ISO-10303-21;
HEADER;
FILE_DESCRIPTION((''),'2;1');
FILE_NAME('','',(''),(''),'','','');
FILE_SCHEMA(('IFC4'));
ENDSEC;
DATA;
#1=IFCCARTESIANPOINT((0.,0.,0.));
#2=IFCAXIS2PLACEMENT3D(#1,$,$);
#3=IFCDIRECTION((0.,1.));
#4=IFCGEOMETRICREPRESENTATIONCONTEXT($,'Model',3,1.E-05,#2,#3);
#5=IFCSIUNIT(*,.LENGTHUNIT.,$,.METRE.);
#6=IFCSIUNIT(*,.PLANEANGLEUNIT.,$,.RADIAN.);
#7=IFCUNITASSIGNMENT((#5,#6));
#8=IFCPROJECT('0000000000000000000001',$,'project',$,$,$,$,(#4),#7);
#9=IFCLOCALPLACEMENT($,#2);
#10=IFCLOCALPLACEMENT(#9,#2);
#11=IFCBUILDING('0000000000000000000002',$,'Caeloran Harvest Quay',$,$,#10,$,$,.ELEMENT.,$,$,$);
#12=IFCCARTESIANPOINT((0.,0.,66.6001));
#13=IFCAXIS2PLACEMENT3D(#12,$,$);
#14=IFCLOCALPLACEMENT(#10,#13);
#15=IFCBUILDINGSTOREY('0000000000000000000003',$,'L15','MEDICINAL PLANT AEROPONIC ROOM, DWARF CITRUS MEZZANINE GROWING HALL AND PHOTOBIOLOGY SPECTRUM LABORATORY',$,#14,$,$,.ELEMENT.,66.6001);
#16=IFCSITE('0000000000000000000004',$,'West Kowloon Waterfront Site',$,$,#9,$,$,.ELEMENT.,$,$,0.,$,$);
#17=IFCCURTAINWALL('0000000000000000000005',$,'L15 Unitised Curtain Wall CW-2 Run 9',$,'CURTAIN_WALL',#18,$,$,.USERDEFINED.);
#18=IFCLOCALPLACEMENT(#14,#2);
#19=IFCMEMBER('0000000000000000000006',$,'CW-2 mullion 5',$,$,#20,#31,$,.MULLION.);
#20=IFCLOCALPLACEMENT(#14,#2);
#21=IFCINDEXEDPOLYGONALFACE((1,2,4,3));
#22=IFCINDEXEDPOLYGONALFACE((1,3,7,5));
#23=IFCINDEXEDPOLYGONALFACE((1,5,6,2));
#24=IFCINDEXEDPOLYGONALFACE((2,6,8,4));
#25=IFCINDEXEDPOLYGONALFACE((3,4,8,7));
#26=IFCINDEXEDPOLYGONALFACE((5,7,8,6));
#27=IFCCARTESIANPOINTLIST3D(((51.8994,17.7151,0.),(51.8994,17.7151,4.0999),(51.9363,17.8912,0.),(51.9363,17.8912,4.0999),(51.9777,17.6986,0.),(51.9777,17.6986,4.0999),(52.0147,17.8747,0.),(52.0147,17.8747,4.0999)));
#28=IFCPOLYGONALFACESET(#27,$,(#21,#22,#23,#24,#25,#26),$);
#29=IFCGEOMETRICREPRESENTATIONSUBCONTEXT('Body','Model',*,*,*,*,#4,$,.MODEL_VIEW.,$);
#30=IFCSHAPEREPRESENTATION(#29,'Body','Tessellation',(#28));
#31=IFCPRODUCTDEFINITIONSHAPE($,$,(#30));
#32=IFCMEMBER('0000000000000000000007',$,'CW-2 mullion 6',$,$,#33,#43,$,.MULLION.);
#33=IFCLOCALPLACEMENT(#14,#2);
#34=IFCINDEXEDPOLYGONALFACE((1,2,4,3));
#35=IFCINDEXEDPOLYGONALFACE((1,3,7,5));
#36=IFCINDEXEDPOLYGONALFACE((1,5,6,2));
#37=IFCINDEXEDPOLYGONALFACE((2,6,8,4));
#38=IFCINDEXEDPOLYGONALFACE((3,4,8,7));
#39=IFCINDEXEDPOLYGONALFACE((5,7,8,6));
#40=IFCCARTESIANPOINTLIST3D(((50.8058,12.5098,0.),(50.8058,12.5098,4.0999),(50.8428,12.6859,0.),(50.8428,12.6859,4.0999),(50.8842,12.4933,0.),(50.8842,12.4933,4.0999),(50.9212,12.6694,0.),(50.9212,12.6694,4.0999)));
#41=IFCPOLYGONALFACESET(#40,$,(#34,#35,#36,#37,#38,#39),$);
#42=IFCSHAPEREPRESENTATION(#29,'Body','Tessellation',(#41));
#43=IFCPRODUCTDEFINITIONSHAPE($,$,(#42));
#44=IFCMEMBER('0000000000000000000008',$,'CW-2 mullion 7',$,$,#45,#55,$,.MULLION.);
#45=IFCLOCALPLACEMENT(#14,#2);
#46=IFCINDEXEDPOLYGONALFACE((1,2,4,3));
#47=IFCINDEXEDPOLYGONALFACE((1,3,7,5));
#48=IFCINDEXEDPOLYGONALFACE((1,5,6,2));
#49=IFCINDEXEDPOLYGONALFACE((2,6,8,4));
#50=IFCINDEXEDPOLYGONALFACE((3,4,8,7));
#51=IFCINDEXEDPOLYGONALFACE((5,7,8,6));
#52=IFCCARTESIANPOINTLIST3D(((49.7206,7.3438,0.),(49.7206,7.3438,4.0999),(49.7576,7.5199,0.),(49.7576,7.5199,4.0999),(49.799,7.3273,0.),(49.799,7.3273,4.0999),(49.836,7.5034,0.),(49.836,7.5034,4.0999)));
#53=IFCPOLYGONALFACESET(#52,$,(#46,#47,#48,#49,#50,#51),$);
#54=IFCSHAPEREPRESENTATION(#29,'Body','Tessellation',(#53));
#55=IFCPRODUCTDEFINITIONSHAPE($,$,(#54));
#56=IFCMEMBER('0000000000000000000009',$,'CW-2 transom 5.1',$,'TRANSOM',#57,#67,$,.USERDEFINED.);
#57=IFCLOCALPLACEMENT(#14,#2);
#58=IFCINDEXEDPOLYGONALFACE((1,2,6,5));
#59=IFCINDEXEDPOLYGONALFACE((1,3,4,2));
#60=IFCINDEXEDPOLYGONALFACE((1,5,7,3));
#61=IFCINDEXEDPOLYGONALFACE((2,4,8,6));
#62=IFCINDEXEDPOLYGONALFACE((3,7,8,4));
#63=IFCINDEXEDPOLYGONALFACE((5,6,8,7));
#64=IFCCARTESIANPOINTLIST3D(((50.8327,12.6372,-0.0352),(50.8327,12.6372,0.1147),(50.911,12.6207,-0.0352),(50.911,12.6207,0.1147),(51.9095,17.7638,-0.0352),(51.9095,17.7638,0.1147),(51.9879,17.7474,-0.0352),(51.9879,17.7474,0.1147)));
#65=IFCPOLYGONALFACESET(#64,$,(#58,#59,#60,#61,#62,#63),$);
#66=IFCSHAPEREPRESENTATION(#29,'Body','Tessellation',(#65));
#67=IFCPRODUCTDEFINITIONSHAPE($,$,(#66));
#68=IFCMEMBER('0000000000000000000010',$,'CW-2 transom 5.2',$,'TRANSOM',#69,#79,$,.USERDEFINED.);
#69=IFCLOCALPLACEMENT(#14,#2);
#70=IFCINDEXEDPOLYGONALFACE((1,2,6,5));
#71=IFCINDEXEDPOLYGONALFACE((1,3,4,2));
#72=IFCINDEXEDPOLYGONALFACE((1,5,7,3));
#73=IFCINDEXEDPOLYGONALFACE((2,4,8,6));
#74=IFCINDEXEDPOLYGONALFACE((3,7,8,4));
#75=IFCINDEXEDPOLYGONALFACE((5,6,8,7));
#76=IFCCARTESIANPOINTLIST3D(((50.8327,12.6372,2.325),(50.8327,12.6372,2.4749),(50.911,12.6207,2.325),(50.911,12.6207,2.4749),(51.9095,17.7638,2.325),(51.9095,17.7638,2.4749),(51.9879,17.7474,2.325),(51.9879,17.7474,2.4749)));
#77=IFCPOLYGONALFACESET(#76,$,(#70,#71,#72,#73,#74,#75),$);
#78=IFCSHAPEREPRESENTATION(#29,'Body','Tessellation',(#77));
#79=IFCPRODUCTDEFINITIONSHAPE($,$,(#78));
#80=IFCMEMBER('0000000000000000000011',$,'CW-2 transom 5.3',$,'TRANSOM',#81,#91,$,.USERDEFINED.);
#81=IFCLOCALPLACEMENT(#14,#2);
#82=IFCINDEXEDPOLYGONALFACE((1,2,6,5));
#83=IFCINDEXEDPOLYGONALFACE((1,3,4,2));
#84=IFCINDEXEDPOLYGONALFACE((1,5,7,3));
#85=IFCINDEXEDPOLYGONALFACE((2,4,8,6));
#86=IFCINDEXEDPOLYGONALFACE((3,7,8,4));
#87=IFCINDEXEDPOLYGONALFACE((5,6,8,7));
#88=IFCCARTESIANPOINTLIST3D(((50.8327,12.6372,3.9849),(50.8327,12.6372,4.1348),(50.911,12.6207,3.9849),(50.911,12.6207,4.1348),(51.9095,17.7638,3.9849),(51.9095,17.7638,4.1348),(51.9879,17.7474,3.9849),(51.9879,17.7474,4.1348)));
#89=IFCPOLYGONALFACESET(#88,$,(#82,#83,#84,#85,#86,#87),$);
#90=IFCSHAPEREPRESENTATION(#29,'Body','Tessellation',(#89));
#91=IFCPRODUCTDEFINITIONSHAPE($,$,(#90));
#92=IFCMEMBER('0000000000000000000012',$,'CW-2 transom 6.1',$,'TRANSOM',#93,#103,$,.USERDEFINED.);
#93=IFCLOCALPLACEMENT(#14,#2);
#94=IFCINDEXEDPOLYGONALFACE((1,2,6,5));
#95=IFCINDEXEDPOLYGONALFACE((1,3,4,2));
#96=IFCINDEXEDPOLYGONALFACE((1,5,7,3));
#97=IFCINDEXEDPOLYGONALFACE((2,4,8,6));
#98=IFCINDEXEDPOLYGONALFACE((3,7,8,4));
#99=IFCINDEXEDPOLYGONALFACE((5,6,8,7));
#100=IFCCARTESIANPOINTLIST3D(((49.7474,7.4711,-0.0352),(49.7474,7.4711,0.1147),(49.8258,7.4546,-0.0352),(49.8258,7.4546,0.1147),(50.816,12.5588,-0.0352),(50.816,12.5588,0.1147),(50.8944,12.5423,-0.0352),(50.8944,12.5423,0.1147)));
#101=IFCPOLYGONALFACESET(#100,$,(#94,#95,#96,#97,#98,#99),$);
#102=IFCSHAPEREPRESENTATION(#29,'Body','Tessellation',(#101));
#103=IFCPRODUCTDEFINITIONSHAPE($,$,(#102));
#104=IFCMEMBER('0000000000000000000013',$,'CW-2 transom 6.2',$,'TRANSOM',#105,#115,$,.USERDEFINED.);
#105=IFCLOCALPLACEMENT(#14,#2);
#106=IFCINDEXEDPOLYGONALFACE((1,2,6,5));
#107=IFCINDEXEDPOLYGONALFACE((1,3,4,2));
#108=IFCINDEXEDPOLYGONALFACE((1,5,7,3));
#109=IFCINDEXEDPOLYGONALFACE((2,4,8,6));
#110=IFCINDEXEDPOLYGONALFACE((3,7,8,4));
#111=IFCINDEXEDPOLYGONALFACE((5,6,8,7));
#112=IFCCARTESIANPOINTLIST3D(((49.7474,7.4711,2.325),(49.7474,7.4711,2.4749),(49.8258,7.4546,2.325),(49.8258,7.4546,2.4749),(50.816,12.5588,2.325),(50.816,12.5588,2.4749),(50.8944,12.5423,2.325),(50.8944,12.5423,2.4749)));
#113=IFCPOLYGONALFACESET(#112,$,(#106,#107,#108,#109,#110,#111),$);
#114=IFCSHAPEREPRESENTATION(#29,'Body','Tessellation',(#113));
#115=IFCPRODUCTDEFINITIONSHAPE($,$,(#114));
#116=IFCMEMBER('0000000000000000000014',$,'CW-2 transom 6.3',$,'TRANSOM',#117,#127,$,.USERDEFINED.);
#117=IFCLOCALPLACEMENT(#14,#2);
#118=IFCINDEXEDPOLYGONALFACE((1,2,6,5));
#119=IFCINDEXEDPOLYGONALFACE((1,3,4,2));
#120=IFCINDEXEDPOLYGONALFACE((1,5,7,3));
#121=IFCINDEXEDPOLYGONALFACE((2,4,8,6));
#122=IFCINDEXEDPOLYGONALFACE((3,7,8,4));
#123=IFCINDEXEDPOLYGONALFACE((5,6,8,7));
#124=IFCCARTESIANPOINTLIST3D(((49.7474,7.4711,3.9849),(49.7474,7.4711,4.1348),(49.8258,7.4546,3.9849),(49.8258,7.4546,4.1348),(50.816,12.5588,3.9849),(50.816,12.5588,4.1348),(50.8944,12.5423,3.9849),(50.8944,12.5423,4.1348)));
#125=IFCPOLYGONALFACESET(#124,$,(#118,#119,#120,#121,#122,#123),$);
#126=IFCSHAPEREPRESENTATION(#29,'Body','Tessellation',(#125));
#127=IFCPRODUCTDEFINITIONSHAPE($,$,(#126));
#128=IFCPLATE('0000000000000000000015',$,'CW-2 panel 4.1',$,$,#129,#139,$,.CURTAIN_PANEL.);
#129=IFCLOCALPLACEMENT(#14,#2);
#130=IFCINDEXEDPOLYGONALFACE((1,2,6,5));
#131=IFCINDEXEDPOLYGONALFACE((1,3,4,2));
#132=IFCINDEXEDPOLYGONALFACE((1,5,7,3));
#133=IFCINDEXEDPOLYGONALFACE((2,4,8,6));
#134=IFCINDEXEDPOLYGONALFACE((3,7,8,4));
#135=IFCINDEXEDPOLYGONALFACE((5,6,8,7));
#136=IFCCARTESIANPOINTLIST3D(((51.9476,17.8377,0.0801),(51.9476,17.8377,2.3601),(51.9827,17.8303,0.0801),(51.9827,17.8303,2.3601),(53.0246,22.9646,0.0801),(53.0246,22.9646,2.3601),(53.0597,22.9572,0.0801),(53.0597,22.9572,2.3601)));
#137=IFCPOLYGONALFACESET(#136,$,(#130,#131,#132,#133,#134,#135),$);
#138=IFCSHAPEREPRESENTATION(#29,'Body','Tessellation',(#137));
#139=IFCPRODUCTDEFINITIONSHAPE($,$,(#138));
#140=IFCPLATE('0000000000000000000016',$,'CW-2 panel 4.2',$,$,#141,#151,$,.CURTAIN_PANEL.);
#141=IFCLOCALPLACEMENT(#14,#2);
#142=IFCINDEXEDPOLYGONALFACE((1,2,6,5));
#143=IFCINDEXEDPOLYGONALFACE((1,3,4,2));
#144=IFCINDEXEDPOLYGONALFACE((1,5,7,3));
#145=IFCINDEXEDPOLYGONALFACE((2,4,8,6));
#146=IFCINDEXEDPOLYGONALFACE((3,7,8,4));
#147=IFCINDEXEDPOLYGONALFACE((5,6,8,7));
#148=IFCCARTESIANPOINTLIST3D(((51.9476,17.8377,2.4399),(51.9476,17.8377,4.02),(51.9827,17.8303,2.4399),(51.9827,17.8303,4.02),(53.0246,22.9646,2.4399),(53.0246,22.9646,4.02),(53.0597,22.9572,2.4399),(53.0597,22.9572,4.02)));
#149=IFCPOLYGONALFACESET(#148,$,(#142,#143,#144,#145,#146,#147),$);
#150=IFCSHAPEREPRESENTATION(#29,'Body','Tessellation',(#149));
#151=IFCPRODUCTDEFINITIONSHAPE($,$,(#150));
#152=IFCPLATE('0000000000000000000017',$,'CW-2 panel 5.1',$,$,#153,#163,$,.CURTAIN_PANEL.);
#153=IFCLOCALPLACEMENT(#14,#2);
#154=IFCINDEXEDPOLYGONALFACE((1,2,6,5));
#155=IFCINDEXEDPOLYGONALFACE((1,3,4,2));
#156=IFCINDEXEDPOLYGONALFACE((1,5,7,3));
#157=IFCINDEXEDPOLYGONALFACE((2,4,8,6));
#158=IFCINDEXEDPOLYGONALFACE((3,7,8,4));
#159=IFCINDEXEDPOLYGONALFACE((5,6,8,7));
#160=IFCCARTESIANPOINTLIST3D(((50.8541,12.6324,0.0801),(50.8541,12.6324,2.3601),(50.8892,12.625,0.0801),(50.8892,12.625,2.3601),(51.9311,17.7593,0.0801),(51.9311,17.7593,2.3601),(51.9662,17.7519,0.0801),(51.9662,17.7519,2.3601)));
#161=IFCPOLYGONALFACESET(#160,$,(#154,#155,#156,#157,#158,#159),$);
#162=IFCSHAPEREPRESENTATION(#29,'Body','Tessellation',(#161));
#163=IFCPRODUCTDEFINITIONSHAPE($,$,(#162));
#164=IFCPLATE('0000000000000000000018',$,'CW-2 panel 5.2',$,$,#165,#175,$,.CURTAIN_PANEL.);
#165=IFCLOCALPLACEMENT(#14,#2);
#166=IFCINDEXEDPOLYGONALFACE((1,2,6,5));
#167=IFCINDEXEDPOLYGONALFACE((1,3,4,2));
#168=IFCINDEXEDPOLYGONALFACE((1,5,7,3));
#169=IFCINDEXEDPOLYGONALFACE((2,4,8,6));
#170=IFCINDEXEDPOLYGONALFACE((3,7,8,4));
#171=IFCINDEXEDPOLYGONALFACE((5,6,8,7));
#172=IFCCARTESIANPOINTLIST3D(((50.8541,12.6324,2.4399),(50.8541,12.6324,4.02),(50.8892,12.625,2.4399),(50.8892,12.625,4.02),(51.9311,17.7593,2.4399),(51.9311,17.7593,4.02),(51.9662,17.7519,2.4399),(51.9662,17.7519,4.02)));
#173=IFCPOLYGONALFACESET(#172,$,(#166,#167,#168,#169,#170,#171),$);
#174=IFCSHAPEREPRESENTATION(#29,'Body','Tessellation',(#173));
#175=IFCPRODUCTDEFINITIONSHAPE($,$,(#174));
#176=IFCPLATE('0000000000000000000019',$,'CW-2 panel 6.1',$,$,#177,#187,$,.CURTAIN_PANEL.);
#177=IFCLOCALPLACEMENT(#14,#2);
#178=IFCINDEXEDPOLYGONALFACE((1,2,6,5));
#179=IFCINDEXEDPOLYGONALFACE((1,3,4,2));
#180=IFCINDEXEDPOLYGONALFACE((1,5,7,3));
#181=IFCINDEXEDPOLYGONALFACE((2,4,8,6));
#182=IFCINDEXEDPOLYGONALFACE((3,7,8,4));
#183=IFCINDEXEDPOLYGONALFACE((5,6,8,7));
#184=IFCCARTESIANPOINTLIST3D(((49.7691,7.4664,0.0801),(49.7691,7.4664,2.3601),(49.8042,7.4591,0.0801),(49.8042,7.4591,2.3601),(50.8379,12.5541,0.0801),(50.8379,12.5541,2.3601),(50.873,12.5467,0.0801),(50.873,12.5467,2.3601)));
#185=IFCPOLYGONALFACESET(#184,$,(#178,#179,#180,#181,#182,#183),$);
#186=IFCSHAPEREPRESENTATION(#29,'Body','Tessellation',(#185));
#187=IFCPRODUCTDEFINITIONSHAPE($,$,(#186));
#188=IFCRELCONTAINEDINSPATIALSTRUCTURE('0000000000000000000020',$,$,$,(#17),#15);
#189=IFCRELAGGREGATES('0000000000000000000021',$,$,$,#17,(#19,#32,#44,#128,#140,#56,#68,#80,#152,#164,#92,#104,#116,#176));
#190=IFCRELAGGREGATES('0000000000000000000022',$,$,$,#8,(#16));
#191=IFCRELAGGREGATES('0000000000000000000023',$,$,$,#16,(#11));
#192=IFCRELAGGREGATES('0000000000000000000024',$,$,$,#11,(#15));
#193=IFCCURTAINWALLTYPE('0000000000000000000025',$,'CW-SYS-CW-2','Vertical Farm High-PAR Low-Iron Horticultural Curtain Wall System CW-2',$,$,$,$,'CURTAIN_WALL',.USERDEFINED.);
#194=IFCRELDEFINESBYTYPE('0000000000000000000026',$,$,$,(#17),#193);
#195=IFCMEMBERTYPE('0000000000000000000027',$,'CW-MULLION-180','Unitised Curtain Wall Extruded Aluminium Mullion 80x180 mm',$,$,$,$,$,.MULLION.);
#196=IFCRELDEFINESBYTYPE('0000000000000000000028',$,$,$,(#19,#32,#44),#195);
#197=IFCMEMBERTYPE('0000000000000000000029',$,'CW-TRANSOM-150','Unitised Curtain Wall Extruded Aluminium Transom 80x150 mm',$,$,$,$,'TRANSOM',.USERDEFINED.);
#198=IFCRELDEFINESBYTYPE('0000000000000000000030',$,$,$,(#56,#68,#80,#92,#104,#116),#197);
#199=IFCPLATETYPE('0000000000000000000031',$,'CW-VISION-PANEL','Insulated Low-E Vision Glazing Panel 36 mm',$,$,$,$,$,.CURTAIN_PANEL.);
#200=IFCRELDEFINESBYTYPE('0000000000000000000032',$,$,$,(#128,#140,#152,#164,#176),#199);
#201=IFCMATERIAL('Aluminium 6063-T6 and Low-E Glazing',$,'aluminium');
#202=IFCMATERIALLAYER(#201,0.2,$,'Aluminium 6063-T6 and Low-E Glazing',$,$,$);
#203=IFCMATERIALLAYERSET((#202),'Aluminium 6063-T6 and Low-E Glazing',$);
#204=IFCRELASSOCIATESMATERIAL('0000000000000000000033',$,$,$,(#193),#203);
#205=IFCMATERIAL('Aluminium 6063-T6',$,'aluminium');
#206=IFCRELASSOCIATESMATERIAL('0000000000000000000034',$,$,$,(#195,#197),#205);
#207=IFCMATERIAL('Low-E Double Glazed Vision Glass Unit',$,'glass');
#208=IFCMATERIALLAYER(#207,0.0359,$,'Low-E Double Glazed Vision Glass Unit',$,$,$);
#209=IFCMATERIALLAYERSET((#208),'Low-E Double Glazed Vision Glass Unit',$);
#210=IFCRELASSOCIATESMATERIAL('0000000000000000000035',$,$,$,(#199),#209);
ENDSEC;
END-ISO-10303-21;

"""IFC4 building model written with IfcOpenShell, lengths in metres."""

from ifc_helpers import new_model, si_unit, direction, frame, origin, origin_2d, place, context, subcontext, project, spatial, rectangle, extrude, material, layer, layer_set, material_profile, profile_set, type_object, element, aggregate, save


model = new_model("IFC4")

# Units and contexts
model_context = context("Model", 3, precision=1e-05, world=origin(), true_north=direction((0.0, 1.0)))
body_context = subcontext(model_context, "Body", "Model", "MODEL_VIEW")
ifc_project = project(units=[si_unit("LENGTHUNIT", "METRE"), si_unit("PLANEANGLEUNIT", "RADIAN")], contexts=[model_context])

# Site, building, storey
site_placement = place(None, origin())
site = spatial("IfcSite", under=ifc_project, at=site_placement, Name="West Kowloon Waterfront Site", CompositionType="ELEMENT", RefElevation=0.0)
building_placement = place(site_placement, origin())
building = spatial("IfcBuilding", under=site, at=building_placement, Name="Caeloran Harvest Quay", CompositionType="ELEMENT")
storey_placement = place(building_placement, frame((0.0, 0.0, 66.6001)))
storey = spatial("IfcBuildingStorey", under=building, at=storey_placement, Name="L15", Description="MEDICINAL PLANT AEROPONIC ROOM, DWARF CITRUS MEZZANINE GROWING HALL AND PHOTOBIOLOGY SPECTRUM LABORATORY", CompositionType="ELEMENT", Elevation=66.6001)

# Curtain wall, members, plates
ifc_material_1 = material(Name="Aluminium 6063-T6 and Low-E Glazing", Category="aluminium")
ifc_layer_1 = layer(ifc_material_1, 0.2, Name="Aluminium 6063-T6 and Low-E Glazing")
ifc_layer_set_1 = layer_set([ifc_layer_1], Name="Aluminium 6063-T6 and Low-E Glazing")
curtain_wall_type = type_object("IfcCurtainWallType", Name="CW-SYS-CW-2", Description="Vertical Farm High-PAR Low-Iron Horticultural Curtain Wall System CW-2", ElementType="CURTAIN_WALL", PredefinedType="USERDEFINED", material=ifc_layer_set_1)
curtain_wall_placement = place(storey_placement, origin())
curtain_wall = element("IfcCurtainWall", 1, at=curtain_wall_placement, inside=storey, type_object=curtain_wall_type, Name="L15 Unitised Curtain Wall CW-2 Run 9", ObjectType="CURTAIN_WALL", PredefinedType="USERDEFINED")
ifc_material_2 = material(Name="Aluminium 6063-T6", Category="aluminium")
ifc_material_profile_1 = material_profile(ifc_material_2, rectangle(XDim=0.0801, YDim=0.1799, at=origin_2d()), Name="CW-MULLION-180")
ifc_profile_set_1 = profile_set([ifc_material_profile_1], Name="Aluminium 6063-T6")
member_type_1 = type_object("IfcMemberType", Name="CW-MULLION-180", Description="Unitised Curtain Wall Extruded Aluminium Mullion 80x180 mm", PredefinedType="MULLION", material=ifc_profile_set_1)
member_1_placement = place(storey_placement, frame((51.957, 17.7949, 0.0), z_axis=(0.0, 0.0, 1.0), x_axis=(0.97864, -0.205583, 0.0)))
member_1 = element("IfcMember", 2, at=member_1_placement, type_object=member_type_1, Name="CW-2 mullion 5", PredefinedType="MULLION", context=body_context, shape_type="SweptSolid", body=[
    extrude(rectangle(XDim=0.0801, YDim=0.1799, at=origin_2d()), origin(), (0.0, 0.0, 1.0), 4.0999),
])
member_2_placement = place(storey_placement, frame((50.8635, 12.5896, 0.0), z_axis=(0.0, 0.0, 1.0), x_axis=(0.97864, -0.205583, 0.0)))
member_2 = element("IfcMember", 3, at=member_2_placement, type_object=member_type_1, Name="CW-2 mullion 6", PredefinedType="MULLION", context=body_context, shape_type="SweptSolid", body=[
    extrude(rectangle(XDim=0.0801, YDim=0.1799, at=origin_2d()), origin(), (0.0, 0.0, 1.0), 4.0999),
])
member_3_placement = place(storey_placement, frame((49.7783, 7.4236, 0.0), z_axis=(0.0, 0.0, 1.0), x_axis=(0.97864, -0.205583, 0.0)))
member_3 = element("IfcMember", 4, at=member_3_placement, type_object=member_type_1, Name="CW-2 mullion 7", PredefinedType="MULLION", context=body_context, shape_type="SweptSolid", body=[
    extrude(rectangle(XDim=0.0801, YDim=0.1799, at=origin_2d()), origin(), (0.0, 0.0, 1.0), 4.0999),
])
ifc_material_profile_2 = material_profile(ifc_material_2, rectangle(XDim=0.0801, YDim=0.1499, at=origin_2d()), Name="CW-TRANSOM-150")
ifc_profile_set_2 = profile_set([ifc_material_profile_2], Name="Aluminium 6063-T6")
member_type_2 = type_object("IfcMemberType", Name="CW-TRANSOM-150", Description="Unitised Curtain Wall Extruded Aluminium Transom 80x150 mm", ElementType="TRANSOM", PredefinedType="USERDEFINED", material=ifc_profile_set_2)
member_4_placement = place(storey_placement, frame((51.9487, 17.7556, 0.0398), z_axis=(-0.205571, -0.978642, 0.0), x_axis=(0.978642, -0.205571, 0.0)))
member_4 = element("IfcMember", 5, at=member_4_placement, type_object=member_type_2, Name="CW-2 transom 5.1", ObjectType="TRANSOM", PredefinedType="USERDEFINED", context=body_context, shape_type="SweptSolid", body=[
    extrude(rectangle(XDim=0.0801, YDim=0.1499, at=origin_2d()), origin(), (0.0, 0.0, 1.0), 5.2385),
])
member_5_placement = place(storey_placement, frame((51.9487, 17.7556, 2.3999), z_axis=(-0.205571, -0.978642, 0.0), x_axis=(0.978642, -0.205571, 0.0)))
member_5 = element("IfcMember", 6, at=member_5_placement, type_object=member_type_2, Name="CW-2 transom 5.2", ObjectType="TRANSOM", PredefinedType="USERDEFINED", context=body_context, shape_type="SweptSolid", body=[
    extrude(rectangle(XDim=0.0801, YDim=0.1499, at=origin_2d()), origin(), (0.0, 0.0, 1.0), 5.2385),
])
member_6_placement = place(storey_placement, frame((51.9487, 17.7556, 4.0598), z_axis=(-0.205571, -0.978642, 0.0), x_axis=(0.978642, -0.205571, 0.0)))
member_6 = element("IfcMember", 7, at=member_6_placement, type_object=member_type_2, Name="CW-2 transom 5.3", ObjectType="TRANSOM", PredefinedType="USERDEFINED", context=body_context, shape_type="SweptSolid", body=[
    extrude(rectangle(XDim=0.0801, YDim=0.1499, at=origin_2d()), origin(), (0.0, 0.0, 1.0), 5.2385),
])
member_7_placement = place(storey_placement, frame((50.8552, 12.5505, 0.0398), z_axis=(-0.205554, -0.978646, 0.0), x_axis=(0.978646, -0.205554, 0.0)))
member_7 = element("IfcMember", 8, at=member_7_placement, type_object=member_type_2, Name="CW-2 transom 6.1", ObjectType="TRANSOM", PredefinedType="USERDEFINED", context=body_context, shape_type="SweptSolid", body=[
    extrude(rectangle(XDim=0.0801, YDim=0.1499, at=origin_2d()), origin(), (0.0, 0.0, 1.0), 5.1987),
])
member_8_placement = place(storey_placement, frame((50.8552, 12.5505, 2.3999), z_axis=(-0.205554, -0.978646, 0.0), x_axis=(0.978646, -0.205554, 0.0)))
member_8 = element("IfcMember", 9, at=member_8_placement, type_object=member_type_2, Name="CW-2 transom 6.2", ObjectType="TRANSOM", PredefinedType="USERDEFINED", context=body_context, shape_type="SweptSolid", body=[
    extrude(rectangle(XDim=0.0801, YDim=0.1499, at=origin_2d()), origin(), (0.0, 0.0, 1.0), 5.1987),
])
member_9_placement = place(storey_placement, frame((50.8552, 12.5505, 4.0598), z_axis=(-0.205554, -0.978646, 0.0), x_axis=(0.978646, -0.205554, 0.0)))
member_9 = element("IfcMember", 10, at=member_9_placement, type_object=member_type_2, Name="CW-2 transom 6.3", ObjectType="TRANSOM", PredefinedType="USERDEFINED", context=body_context, shape_type="SweptSolid", body=[
    extrude(rectangle(XDim=0.0801, YDim=0.1499, at=origin_2d()), origin(), (0.0, 0.0, 1.0), 5.1987),
])
ifc_material_3 = material(Name="Low-E Double Glazed Vision Glass Unit", Category="glass")
ifc_layer_2 = layer(ifc_material_3, 0.0359, Name="Low-E Double Glazed Vision Glass Unit")
ifc_layer_set_2 = layer_set([ifc_layer_2], Name="Low-E Double Glazed Vision Glass Unit")
plate_type_1 = type_object("IfcPlateType", Name="CW-VISION-PANEL", Description="Insulated Low-E Vision Glazing Panel 36 mm", PredefinedType="CURTAIN_PANEL", material=ifc_layer_set_2)
plate_1_placement = place(storey_placement, frame((52.5037, 20.3975, 0.0801), z_axis=(0.0, 0.0, 1.0), x_axis=(-0.205583, -0.97864, 0.0)))
plate_1 = element("IfcPlate", 11, at=plate_1_placement, type_object=plate_type_1, Name="CW-2 panel 4.1", PredefinedType="CURTAIN_PANEL", context=body_context, shape_type="SweptSolid", body=[
    extrude(rectangle(XDim=5.2388, YDim=0.0359, at=origin_2d()), origin(), (0.0, 0.0, 1.0), 2.28),
])
plate_2_placement = place(storey_placement, frame((52.5037, 20.3975, 2.4399), z_axis=(0.0, 0.0, 1.0), x_axis=(-0.205583, -0.97864, 0.0)))
plate_2 = element("IfcPlate", 12, at=plate_2_placement, type_object=plate_type_1, Name="CW-2 panel 4.2", PredefinedType="CURTAIN_PANEL", context=body_context, shape_type="SweptSolid", body=[
    extrude(rectangle(XDim=5.2388, YDim=0.0359, at=origin_2d()), origin(), (0.0, 0.0, 1.0), 1.5801),
])
plate_3_placement = place(storey_placement, frame((51.4102, 15.1921, 0.0801), z_axis=(0.0, 0.0, 1.0), x_axis=(-0.205583, -0.97864, 0.0)))
plate_3 = element("IfcPlate", 13, at=plate_3_placement, type_object=plate_type_1, Name="CW-2 panel 5.1", PredefinedType="CURTAIN_PANEL", context=body_context, shape_type="SweptSolid", body=[
    extrude(rectangle(XDim=5.2388, YDim=0.0359, at=origin_2d()), origin(), (0.0, 0.0, 1.0), 2.28),
])
plate_4_placement = place(storey_placement, frame((51.4102, 15.1921, 2.4399), z_axis=(0.0, 0.0, 1.0), x_axis=(-0.205583, -0.97864, 0.0)))
plate_4 = element("IfcPlate", 14, at=plate_4_placement, type_object=plate_type_1, Name="CW-2 panel 5.2", PredefinedType="CURTAIN_PANEL", context=body_context, shape_type="SweptSolid", body=[
    extrude(rectangle(XDim=5.2388, YDim=0.0359, at=origin_2d()), origin(), (0.0, 0.0, 1.0), 1.5801),
])
plate_5_placement = place(storey_placement, frame((50.321, 10.0066, 0.0801), z_axis=(0.0, 0.0, 1.0), x_axis=(-0.205583, -0.97864, 0.0)))
plate_5 = element("IfcPlate", 15, at=plate_5_placement, type_object=plate_type_1, Name="CW-2 panel 6.1", PredefinedType="CURTAIN_PANEL", context=body_context, shape_type="SweptSolid", body=[
    extrude(rectangle(XDim=5.1987, YDim=0.0359, at=origin_2d()), origin(), (0.0, 0.0, 1.0), 2.28),
])
aggregate(curtain_wall, [member_1, member_2, member_3, plate_1, plate_2, member_4, member_5, member_6, plate_3, plate_4, member_7, member_8, member_9, plate_5])

save(model, "model.ifc")
